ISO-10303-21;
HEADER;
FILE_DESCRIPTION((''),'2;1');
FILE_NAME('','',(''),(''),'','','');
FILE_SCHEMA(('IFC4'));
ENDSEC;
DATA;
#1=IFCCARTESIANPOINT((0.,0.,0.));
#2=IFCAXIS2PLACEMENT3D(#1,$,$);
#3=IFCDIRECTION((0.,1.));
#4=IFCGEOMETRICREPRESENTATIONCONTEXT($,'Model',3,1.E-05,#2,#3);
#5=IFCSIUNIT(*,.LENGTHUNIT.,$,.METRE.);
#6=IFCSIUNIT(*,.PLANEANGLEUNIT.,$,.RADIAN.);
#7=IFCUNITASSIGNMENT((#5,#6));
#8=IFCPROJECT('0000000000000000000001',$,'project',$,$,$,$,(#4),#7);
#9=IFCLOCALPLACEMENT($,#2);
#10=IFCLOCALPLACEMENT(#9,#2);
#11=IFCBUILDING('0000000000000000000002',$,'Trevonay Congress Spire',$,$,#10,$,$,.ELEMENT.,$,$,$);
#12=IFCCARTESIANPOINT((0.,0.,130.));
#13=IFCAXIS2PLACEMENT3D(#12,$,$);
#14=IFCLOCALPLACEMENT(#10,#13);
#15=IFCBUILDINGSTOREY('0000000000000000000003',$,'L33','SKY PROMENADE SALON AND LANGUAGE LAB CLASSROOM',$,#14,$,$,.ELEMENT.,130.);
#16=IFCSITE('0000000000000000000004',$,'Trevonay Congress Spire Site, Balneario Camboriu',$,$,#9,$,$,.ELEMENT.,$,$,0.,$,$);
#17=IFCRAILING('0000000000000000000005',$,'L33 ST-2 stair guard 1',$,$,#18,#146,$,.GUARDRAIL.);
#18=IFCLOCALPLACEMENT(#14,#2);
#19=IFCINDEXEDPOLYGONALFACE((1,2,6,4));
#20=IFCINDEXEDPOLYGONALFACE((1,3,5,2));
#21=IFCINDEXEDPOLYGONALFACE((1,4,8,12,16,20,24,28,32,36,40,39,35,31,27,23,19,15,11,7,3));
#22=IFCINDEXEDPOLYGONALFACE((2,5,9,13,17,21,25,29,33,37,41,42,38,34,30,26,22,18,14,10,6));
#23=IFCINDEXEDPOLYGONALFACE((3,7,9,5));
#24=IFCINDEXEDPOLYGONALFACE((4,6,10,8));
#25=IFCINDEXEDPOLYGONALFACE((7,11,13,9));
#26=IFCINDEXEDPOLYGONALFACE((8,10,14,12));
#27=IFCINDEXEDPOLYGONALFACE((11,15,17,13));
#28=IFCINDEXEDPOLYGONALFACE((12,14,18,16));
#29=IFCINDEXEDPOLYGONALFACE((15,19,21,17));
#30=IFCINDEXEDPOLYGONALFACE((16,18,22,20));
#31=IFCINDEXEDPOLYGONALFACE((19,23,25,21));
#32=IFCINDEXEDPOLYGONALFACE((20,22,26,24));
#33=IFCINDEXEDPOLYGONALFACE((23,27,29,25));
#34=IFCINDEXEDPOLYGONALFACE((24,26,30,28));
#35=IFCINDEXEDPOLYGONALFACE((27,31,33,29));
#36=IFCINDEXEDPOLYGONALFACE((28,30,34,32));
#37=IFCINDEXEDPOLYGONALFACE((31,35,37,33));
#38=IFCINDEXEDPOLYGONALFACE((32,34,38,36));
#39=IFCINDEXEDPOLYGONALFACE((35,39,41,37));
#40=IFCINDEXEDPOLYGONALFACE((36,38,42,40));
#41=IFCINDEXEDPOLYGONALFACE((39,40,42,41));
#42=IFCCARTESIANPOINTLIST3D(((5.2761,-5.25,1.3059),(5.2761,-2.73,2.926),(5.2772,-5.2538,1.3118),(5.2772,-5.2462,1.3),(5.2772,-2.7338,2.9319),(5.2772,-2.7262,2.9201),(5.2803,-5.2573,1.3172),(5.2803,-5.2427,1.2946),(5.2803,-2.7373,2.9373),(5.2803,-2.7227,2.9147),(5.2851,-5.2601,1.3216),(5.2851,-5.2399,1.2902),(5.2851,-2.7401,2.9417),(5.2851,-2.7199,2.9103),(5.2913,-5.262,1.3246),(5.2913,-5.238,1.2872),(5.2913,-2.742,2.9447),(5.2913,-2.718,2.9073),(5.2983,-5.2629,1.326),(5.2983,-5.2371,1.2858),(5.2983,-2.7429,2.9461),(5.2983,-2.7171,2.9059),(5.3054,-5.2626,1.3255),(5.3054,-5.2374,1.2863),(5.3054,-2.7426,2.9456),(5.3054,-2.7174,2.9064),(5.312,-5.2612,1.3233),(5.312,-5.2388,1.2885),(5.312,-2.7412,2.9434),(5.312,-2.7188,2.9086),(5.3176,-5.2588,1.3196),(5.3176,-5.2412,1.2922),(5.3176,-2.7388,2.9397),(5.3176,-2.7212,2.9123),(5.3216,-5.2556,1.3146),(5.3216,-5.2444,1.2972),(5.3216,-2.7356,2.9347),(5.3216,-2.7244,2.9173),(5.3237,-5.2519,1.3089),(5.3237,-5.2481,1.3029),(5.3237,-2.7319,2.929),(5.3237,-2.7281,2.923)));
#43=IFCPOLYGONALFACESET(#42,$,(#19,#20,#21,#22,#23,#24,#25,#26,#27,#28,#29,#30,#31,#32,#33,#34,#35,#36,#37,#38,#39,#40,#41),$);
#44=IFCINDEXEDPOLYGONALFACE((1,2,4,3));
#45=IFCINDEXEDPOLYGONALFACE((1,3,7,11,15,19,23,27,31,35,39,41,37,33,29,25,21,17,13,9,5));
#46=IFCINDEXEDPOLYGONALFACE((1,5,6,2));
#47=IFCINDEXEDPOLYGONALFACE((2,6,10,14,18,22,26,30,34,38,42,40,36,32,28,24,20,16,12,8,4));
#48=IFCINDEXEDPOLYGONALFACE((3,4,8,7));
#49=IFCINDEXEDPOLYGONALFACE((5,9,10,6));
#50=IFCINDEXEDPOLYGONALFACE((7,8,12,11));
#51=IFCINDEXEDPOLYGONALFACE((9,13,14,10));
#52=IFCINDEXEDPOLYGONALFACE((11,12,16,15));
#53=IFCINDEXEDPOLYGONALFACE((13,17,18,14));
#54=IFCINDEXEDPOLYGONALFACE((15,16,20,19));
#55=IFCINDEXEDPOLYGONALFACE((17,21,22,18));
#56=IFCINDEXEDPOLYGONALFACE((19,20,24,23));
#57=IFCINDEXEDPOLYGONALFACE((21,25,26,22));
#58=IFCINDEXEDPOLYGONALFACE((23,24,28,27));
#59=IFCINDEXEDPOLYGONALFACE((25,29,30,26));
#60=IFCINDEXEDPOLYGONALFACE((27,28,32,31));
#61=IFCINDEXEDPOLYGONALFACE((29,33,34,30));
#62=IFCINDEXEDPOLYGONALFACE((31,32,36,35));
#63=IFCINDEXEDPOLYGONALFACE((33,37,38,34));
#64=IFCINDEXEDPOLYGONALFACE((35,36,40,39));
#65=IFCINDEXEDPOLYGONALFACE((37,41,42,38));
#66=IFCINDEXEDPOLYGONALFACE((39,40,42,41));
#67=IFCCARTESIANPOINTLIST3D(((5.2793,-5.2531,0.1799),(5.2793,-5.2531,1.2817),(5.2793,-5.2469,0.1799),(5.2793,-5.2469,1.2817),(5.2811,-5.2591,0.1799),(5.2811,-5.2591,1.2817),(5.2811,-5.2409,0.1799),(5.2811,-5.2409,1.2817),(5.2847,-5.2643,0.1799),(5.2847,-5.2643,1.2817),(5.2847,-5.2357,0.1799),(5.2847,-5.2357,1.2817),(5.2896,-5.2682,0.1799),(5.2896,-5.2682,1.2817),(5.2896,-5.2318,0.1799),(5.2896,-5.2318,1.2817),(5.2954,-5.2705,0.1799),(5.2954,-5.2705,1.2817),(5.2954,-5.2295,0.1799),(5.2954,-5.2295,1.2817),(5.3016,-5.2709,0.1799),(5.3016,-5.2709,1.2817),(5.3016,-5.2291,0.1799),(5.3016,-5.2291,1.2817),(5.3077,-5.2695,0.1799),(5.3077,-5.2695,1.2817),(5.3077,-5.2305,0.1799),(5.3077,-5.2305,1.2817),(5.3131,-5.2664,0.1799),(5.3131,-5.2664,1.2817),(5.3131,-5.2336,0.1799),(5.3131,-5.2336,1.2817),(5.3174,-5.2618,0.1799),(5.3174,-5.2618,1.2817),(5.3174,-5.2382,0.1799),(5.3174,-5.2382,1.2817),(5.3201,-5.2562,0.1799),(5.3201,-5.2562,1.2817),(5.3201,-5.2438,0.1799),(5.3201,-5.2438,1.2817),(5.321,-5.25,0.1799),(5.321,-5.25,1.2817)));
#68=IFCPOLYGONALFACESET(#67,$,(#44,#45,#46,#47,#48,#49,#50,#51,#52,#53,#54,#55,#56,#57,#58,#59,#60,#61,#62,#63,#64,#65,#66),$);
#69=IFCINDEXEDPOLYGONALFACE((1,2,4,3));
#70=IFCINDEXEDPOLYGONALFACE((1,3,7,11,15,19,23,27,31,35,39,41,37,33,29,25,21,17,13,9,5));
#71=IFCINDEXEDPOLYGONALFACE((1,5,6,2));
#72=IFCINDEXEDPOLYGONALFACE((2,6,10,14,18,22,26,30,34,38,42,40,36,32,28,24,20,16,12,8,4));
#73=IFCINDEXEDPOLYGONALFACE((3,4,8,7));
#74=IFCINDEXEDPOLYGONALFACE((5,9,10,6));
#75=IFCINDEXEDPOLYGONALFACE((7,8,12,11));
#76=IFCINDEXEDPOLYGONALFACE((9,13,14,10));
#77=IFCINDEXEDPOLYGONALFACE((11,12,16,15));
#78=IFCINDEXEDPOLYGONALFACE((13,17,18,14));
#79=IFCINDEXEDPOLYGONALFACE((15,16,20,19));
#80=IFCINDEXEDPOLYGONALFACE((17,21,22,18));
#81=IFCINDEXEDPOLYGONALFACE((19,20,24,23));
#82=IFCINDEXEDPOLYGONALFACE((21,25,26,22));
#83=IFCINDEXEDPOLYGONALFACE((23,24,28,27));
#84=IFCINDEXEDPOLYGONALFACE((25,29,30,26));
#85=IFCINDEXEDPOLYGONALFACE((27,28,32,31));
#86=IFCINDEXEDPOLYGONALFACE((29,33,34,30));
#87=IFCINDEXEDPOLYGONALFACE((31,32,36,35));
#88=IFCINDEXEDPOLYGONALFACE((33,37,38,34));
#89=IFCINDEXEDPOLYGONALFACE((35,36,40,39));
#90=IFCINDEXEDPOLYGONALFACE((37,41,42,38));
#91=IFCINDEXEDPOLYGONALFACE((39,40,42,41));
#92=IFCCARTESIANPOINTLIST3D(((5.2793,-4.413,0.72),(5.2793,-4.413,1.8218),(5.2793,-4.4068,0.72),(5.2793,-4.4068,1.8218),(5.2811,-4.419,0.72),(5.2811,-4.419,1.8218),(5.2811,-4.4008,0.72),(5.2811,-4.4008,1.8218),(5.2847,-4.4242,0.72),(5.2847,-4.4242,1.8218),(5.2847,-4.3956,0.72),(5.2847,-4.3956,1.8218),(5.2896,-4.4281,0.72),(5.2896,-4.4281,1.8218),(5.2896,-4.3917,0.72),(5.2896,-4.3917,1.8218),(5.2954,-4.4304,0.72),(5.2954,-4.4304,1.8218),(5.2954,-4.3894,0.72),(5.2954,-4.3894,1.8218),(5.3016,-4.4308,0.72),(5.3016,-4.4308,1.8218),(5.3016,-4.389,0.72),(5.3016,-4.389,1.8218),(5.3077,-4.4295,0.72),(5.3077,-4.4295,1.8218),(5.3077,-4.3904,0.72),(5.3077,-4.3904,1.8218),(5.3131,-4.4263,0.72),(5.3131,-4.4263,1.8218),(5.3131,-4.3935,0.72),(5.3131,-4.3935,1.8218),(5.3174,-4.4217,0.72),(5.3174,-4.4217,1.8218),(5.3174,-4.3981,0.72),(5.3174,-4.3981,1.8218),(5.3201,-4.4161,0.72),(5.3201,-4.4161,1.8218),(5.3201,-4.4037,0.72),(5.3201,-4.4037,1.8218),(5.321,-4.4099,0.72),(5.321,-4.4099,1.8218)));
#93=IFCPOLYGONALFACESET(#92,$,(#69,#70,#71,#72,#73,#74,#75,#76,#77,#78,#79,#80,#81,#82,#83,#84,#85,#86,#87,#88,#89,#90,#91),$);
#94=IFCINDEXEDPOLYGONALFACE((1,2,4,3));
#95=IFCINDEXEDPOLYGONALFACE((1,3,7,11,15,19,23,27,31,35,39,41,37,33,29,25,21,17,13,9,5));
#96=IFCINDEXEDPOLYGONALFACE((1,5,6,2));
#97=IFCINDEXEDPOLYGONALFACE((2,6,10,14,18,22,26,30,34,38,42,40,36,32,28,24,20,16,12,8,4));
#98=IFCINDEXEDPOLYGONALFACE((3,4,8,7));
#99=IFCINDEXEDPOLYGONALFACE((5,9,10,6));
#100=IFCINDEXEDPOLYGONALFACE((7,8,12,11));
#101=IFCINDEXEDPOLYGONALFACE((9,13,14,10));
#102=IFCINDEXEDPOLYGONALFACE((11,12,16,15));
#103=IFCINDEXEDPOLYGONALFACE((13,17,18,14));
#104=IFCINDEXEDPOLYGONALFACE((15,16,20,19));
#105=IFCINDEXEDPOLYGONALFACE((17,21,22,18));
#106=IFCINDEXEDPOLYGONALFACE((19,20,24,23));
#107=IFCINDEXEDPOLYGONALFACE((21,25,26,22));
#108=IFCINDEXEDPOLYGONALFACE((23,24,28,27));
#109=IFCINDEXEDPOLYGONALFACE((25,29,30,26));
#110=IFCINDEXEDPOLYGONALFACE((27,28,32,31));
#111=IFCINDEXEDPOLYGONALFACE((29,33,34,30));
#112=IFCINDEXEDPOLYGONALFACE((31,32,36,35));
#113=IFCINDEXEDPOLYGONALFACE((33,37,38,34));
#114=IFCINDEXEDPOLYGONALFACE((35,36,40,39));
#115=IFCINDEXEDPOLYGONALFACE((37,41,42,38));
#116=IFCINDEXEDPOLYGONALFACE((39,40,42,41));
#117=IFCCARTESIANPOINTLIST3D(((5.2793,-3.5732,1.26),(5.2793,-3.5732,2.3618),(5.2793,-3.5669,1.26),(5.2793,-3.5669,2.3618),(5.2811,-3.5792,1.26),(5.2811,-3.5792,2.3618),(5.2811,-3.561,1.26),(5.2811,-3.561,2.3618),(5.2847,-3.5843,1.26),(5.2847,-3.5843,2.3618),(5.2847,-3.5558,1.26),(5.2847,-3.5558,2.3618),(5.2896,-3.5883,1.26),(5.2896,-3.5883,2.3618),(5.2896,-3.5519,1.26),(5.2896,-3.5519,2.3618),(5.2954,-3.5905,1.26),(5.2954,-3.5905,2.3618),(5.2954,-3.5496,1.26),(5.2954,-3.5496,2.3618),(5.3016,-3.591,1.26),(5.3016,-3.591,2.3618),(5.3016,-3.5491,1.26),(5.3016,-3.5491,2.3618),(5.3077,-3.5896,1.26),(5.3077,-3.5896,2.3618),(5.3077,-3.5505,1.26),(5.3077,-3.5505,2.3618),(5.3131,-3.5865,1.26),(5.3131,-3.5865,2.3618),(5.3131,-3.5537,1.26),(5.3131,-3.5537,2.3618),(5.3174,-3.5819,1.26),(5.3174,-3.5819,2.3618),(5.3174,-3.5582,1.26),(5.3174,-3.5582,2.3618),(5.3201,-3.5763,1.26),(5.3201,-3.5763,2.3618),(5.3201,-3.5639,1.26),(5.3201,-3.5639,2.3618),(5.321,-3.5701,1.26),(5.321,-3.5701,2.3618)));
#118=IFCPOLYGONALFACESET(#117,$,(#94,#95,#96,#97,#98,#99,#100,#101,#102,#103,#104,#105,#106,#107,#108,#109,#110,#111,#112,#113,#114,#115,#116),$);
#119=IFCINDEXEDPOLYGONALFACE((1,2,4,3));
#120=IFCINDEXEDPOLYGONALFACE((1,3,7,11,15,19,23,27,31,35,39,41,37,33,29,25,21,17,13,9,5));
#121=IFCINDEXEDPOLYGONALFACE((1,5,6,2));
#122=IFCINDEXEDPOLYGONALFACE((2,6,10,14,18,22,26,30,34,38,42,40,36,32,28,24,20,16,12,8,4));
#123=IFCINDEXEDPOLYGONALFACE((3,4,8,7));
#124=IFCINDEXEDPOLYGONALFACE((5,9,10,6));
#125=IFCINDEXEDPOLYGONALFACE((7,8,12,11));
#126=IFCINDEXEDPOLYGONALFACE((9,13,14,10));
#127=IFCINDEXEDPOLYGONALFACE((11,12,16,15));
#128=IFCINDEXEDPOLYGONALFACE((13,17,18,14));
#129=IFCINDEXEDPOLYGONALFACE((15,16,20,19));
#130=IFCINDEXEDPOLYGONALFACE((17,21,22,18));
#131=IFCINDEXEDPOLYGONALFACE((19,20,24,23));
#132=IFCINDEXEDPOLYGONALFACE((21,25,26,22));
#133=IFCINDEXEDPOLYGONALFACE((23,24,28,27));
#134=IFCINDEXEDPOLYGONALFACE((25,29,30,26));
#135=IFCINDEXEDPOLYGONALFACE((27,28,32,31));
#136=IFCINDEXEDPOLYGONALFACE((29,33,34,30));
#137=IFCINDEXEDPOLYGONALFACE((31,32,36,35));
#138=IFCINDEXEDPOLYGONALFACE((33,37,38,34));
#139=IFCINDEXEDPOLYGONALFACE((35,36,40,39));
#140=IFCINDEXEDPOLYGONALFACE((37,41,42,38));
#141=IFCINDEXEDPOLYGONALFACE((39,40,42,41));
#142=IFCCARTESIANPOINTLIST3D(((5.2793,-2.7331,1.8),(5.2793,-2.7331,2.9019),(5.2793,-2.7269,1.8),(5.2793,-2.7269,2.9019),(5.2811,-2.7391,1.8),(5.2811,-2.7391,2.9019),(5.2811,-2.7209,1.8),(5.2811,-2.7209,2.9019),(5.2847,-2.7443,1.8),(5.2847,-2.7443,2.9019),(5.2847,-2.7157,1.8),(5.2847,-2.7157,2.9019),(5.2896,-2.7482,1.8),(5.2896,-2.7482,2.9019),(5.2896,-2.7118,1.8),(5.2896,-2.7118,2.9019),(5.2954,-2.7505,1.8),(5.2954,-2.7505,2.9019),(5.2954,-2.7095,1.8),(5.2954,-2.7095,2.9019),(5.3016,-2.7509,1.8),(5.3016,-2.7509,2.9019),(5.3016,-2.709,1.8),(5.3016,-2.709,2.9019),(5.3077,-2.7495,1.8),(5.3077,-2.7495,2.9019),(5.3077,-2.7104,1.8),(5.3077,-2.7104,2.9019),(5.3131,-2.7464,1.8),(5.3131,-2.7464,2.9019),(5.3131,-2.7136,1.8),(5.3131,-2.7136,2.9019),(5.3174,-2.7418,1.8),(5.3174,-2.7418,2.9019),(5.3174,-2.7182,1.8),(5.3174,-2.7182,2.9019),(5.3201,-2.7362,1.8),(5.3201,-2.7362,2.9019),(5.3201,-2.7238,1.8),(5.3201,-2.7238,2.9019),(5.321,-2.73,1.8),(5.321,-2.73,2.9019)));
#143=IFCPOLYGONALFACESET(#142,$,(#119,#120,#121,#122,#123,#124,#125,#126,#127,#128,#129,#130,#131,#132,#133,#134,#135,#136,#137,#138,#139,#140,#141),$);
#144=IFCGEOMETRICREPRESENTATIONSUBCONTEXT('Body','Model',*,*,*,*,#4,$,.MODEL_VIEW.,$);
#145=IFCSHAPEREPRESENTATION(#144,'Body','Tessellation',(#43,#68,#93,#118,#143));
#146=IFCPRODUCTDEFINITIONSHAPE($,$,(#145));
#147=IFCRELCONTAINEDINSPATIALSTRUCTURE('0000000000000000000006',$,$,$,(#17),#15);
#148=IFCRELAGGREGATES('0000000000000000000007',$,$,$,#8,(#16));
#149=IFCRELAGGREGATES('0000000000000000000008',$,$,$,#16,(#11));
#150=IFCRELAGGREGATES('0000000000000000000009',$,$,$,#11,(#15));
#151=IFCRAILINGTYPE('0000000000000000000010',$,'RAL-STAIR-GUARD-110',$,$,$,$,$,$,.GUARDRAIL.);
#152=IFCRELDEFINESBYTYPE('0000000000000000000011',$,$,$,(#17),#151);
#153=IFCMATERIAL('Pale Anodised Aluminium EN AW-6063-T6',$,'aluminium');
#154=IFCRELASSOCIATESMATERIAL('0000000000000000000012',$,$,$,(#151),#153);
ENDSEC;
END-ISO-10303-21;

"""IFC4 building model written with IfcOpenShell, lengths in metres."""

from ifc_helpers import new_model, si_unit, direction, frame, origin, origin_2d, place, context, subcontext, project, spatial, circle, extrude, material, type_object, element, save


model = new_model("IFC4")

# Units and contexts
model_context = context("Model", 3, precision=1e-05, world=origin(), true_north=direction((0.0, 1.0)))
body_context = subcontext(model_context, "Body", "Model", "MODEL_VIEW")
ifc_project = project(units=[si_unit("LENGTHUNIT", "METRE"), si_unit("PLANEANGLEUNIT", "RADIAN")], contexts=[model_context])

# Site, building, storey
site_placement = place(None, origin())
site = spatial("IfcSite", under=ifc_project, at=site_placement, Name="Trevonay Congress Spire Site, Balneario Camboriu", CompositionType="ELEMENT", RefElevation=0.0)
building_placement = place(site_placement, origin())
building = spatial("IfcBuilding", under=site, at=building_placement, Name="Trevonay Congress Spire", CompositionType="ELEMENT")
storey_placement = place(building_placement, frame((0.0, 0.0, 130.0)))
storey = spatial("IfcBuildingStorey", under=building, at=storey_placement, Name="L33", Description="SKY PROMENADE SALON AND LANGUAGE LAB CLASSROOM", CompositionType="ELEMENT", Elevation=130.0)

# Shared definitions
ifc_material_1 = material(Name="Pale Anodised Aluminium EN AW-6063-T6", Category="aluminium")

# Railing
railing_type_1 = type_object("IfcRailingType", Name="RAL-STAIR-GUARD-110", PredefinedType="GUARDRAIL", material=ifc_material_1)
railing_1_placement = place(storey_placement, frame((5.3, -5.25, 0.1799)))
element("IfcRailing", 1, at=railing_1_placement, inside=storey, type_object=railing_type_1, Name="L33 ST-2 stair guard 1", PredefinedType="GUARDRAIL", context=body_context, shape_type="SweptSolid", body=[
    extrude(circle(Radius=0.0239, at=origin_2d()), frame((0.0, 0.0, 1.126), z_axis=(0.0, 0.841163, 0.540782), x_axis=(-1.0, 0.0, 0.0)), (0.0, 0.0, 1.0), 2.9958),
    extrude(circle(Radius=0.021, at=origin_2d()), origin(), (0.0, 0.0, 1.0), 1.1018),
    extrude(circle(Radius=0.021, at=origin_2d()), frame((0.0, 0.8401, 0.54)), (0.0, 0.0, 1.0), 1.1018),
    extrude(circle(Radius=0.021, at=origin_2d()), frame((0.0, 1.6799, 1.0801)), (0.0, 0.0, 1.0), 1.1018),
    extrude(circle(Radius=0.021, at=origin_2d()), frame((0.0, 2.52, 1.6201)), (0.0, 0.0, 1.0), 1.1018),
])

save(model, "model.ifc")
